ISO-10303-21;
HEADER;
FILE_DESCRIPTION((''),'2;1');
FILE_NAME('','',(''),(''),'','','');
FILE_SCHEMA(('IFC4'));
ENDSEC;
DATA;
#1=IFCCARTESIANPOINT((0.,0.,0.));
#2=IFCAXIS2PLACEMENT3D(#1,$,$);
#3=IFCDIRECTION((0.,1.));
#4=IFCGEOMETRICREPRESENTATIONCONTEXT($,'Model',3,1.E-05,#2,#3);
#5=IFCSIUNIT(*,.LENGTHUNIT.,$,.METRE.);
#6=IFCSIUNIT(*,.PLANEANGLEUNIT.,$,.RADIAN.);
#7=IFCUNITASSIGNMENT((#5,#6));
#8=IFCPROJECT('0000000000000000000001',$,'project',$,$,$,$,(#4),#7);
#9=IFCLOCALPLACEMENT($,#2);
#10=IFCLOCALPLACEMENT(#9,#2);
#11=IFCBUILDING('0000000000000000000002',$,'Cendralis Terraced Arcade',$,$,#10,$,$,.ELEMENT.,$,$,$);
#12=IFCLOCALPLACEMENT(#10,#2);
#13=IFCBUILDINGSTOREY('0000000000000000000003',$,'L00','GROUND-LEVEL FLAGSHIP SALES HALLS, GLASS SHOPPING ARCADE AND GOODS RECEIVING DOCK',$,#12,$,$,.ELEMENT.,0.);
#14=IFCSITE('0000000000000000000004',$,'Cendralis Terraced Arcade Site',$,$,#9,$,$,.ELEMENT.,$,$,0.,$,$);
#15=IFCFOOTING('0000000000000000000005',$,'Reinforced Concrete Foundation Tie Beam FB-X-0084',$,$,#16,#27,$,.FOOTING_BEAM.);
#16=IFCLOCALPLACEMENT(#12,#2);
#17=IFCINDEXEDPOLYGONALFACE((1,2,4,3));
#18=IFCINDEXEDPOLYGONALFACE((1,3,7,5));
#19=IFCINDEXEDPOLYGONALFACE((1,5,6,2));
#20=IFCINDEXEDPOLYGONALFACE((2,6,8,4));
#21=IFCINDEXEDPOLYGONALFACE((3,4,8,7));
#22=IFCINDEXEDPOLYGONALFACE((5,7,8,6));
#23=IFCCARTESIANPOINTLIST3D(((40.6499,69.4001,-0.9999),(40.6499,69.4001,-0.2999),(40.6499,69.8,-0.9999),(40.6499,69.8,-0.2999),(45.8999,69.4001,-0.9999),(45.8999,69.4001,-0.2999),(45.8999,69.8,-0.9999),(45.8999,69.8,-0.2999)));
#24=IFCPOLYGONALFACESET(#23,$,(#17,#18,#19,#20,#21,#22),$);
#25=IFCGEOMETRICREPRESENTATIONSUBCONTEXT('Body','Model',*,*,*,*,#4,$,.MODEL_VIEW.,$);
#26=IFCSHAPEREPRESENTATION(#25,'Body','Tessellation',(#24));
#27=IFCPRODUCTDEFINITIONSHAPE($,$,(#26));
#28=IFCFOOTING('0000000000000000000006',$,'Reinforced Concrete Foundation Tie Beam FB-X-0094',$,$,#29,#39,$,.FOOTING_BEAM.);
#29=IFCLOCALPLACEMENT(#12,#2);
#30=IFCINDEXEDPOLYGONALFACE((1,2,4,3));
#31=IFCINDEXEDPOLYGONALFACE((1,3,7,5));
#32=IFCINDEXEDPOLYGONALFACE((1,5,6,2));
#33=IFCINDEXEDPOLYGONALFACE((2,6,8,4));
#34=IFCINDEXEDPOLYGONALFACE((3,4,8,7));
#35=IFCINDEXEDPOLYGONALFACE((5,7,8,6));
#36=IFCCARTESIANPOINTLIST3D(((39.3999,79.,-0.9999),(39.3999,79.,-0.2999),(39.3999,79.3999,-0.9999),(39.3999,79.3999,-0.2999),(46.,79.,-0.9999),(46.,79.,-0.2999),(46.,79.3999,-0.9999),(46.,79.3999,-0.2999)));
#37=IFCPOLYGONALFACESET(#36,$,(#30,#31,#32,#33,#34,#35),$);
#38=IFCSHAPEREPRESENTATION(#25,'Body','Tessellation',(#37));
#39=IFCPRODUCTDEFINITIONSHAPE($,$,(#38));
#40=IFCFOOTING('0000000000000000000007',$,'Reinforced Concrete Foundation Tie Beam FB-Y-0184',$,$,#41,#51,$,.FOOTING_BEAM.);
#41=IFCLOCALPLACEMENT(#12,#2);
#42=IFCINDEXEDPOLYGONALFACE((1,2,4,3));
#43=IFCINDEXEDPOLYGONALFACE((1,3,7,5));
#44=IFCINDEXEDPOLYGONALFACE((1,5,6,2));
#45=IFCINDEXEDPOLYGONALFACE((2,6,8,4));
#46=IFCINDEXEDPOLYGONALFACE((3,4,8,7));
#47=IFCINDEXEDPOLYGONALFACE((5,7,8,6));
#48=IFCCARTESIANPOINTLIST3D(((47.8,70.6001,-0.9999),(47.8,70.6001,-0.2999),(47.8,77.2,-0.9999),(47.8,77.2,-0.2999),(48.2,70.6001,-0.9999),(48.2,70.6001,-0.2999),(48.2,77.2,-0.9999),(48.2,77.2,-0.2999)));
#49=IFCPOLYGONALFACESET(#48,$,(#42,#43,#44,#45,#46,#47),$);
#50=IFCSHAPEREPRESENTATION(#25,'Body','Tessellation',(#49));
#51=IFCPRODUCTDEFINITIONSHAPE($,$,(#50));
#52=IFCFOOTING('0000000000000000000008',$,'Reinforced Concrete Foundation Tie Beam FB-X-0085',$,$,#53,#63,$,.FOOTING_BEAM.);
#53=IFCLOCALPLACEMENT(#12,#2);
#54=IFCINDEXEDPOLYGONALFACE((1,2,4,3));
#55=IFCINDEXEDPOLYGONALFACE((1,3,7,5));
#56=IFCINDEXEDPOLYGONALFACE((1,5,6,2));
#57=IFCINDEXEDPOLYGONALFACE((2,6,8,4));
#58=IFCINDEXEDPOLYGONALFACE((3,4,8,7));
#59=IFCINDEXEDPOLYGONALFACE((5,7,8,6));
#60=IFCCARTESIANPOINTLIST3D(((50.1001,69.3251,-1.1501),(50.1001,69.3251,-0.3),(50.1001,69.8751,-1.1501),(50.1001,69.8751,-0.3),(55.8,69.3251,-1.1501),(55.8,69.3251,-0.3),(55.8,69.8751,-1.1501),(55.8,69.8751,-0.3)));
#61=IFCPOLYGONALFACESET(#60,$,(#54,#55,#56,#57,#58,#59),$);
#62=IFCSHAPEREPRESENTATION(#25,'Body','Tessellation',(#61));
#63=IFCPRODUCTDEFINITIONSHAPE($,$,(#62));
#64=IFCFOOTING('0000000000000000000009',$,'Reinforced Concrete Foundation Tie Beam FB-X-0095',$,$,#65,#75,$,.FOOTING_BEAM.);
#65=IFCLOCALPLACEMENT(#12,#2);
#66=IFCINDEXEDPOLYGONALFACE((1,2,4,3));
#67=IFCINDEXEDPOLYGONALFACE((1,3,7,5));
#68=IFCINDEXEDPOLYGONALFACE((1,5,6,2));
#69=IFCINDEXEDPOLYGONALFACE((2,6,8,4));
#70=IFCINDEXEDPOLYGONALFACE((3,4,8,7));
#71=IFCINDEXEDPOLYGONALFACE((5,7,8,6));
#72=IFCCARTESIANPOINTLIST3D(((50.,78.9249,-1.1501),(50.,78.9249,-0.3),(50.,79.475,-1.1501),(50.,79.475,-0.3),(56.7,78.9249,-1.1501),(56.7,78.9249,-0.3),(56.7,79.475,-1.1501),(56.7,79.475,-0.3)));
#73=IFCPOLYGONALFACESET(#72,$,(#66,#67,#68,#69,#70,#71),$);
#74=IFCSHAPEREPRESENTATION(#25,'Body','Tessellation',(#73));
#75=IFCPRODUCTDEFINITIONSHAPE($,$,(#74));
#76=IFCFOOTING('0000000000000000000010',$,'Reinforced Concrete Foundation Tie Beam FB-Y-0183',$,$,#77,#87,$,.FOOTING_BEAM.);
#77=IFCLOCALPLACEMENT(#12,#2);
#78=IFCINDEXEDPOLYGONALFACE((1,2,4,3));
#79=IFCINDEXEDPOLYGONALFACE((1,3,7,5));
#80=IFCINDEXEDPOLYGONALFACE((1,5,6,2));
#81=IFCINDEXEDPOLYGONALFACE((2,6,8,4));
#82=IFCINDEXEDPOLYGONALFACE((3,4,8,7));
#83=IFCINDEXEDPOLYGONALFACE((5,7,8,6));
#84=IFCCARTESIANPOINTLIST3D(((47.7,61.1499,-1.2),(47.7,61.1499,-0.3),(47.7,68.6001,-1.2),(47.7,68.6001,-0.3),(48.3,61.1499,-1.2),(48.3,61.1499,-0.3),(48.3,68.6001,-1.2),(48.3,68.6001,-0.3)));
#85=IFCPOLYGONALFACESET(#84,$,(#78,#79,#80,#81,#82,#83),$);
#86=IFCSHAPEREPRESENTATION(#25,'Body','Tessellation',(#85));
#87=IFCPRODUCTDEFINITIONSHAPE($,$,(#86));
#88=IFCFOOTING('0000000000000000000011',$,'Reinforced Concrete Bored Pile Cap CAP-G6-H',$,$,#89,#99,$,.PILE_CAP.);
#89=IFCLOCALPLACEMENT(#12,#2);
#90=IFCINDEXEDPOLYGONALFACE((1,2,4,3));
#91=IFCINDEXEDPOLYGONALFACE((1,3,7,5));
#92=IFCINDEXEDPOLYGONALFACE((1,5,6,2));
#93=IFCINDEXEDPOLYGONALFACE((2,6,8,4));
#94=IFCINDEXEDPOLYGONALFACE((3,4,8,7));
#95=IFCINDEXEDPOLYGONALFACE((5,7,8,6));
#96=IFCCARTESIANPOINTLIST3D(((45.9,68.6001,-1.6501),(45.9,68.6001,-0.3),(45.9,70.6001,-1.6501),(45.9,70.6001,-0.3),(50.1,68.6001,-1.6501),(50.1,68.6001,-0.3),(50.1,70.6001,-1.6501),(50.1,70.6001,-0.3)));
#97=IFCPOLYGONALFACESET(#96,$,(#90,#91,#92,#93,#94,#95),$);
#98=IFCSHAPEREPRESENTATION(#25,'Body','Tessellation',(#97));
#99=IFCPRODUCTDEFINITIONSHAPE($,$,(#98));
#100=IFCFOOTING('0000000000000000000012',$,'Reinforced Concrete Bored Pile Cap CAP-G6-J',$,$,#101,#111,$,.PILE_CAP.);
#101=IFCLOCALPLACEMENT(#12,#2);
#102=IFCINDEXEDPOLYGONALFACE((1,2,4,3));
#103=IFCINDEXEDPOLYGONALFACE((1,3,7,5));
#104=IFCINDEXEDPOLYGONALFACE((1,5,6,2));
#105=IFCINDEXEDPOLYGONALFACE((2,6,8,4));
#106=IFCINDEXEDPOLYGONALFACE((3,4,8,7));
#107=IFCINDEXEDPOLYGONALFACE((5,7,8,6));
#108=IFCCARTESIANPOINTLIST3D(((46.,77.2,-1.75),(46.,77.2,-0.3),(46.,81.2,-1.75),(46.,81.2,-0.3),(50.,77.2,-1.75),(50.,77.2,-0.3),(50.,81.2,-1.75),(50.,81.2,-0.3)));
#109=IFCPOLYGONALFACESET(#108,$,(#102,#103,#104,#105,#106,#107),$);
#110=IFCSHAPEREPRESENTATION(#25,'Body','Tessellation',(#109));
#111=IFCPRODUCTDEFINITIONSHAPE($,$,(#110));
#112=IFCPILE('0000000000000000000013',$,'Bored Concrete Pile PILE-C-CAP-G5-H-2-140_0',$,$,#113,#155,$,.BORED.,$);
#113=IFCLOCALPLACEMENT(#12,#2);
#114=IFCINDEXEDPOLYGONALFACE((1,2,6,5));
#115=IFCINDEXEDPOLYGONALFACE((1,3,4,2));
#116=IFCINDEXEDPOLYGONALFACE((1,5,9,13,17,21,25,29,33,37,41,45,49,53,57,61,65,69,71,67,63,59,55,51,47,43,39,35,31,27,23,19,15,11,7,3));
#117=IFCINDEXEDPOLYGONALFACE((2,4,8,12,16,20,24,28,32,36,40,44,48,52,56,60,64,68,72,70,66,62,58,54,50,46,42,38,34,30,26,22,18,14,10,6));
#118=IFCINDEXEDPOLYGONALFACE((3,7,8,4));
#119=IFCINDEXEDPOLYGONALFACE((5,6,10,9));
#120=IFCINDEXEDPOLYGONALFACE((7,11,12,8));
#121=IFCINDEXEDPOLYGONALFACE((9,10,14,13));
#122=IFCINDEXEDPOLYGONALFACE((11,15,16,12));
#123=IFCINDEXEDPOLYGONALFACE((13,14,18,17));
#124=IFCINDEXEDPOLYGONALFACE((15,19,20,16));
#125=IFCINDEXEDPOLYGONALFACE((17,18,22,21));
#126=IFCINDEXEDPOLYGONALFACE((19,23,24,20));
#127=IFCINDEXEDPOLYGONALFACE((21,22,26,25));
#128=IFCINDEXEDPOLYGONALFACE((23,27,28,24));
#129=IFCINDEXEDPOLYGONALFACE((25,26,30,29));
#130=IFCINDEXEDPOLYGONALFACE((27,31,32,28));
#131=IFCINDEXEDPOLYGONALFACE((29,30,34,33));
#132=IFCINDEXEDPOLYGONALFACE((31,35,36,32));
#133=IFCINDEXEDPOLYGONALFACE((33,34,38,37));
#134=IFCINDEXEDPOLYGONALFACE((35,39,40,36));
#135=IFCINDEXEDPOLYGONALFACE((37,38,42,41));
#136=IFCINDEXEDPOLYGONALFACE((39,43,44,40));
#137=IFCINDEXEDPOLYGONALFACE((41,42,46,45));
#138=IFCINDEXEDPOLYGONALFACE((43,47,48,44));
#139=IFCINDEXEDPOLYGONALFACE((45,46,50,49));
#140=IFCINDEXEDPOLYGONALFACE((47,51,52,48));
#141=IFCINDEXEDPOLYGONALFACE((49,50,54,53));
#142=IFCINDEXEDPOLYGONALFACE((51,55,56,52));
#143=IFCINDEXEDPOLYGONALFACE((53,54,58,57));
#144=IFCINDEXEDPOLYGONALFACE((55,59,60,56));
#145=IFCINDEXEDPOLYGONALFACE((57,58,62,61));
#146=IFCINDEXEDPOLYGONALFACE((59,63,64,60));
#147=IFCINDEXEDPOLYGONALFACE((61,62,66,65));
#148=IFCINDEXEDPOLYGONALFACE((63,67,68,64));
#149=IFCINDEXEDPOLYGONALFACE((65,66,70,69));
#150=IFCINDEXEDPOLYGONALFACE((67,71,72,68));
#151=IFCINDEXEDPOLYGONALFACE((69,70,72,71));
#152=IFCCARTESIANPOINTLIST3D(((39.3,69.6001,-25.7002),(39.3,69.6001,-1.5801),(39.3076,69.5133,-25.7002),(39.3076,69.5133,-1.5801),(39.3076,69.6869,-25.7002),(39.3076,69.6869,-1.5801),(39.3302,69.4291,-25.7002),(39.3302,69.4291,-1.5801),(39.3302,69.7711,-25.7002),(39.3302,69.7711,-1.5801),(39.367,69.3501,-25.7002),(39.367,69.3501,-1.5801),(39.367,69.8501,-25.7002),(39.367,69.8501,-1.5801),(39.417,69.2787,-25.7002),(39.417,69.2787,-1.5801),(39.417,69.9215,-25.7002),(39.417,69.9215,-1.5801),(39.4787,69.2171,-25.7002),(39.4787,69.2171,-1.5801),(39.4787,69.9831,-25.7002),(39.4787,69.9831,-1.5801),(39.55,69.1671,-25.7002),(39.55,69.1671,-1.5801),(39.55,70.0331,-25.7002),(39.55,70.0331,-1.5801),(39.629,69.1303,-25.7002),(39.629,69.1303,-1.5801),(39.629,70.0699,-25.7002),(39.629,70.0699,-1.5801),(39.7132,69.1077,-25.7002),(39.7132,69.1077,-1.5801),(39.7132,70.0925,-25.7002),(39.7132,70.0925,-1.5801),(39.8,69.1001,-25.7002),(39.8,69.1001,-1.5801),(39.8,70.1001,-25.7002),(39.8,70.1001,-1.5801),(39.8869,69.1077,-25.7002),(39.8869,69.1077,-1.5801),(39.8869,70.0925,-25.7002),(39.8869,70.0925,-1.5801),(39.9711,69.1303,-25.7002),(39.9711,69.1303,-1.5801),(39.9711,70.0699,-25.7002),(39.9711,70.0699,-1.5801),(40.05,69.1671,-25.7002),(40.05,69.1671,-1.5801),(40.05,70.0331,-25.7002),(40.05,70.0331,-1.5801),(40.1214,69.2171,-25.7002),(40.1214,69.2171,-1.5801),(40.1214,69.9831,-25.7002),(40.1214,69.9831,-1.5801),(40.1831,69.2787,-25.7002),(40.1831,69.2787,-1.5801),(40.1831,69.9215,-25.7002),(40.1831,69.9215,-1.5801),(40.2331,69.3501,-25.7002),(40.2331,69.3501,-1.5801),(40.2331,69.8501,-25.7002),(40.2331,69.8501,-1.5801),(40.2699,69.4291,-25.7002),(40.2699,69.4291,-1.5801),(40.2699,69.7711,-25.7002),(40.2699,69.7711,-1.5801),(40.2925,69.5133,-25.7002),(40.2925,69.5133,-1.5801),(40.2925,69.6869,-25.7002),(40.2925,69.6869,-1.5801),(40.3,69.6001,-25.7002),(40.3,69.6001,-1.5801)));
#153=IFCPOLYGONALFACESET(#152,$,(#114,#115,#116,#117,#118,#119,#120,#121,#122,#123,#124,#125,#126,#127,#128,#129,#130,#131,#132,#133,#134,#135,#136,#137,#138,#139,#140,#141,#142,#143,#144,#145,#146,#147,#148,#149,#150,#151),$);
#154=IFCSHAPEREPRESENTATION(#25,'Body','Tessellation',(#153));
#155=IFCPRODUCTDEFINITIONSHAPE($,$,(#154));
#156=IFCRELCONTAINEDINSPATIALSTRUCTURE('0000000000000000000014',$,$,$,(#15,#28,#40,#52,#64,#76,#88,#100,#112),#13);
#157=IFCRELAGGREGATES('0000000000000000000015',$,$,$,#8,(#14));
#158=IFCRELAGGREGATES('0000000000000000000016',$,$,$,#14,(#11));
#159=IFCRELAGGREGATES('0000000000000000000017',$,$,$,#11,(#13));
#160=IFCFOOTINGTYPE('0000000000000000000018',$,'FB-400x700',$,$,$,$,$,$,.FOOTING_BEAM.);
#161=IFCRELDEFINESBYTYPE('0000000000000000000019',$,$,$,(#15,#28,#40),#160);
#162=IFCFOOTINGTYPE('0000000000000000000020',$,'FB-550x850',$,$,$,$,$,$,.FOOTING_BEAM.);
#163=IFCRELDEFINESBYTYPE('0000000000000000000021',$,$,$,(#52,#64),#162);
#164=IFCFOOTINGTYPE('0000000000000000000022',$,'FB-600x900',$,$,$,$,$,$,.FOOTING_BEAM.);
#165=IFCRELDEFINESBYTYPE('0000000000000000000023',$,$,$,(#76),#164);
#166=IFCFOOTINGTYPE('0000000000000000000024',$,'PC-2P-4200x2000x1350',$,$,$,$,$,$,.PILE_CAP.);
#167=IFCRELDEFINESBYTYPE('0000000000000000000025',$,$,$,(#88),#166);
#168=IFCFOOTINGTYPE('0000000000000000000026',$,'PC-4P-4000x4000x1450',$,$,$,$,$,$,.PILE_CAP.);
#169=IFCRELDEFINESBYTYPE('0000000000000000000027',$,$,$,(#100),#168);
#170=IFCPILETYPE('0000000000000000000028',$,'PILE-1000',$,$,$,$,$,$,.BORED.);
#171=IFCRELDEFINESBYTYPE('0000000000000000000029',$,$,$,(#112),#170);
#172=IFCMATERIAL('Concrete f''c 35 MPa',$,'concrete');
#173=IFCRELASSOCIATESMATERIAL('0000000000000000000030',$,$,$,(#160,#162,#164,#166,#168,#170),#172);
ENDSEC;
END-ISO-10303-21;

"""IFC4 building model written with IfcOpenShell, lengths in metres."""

from ifc_helpers import new_model, si_unit, direction, frame, origin, origin_2d, place, context, subcontext, project, spatial, rectangle, circle, extrude, material, material_profile, profile_set, type_object, element, save


model = new_model("IFC4")

# Units and contexts
model_context = context("Model", 3, precision=1e-05, world=origin(), true_north=direction((0.0, 1.0)))
body_context = subcontext(model_context, "Body", "Model", "MODEL_VIEW")
ifc_project = project(units=[si_unit("LENGTHUNIT", "METRE"), si_unit("PLANEANGLEUNIT", "RADIAN")], contexts=[model_context])

# Site, building, storey
site_placement = place(None, origin())
site = spatial("IfcSite", under=ifc_project, at=site_placement, Name="Cendralis Terraced Arcade Site", CompositionType="ELEMENT", RefElevation=0.0)
building_placement = place(site_placement, origin())
building = spatial("IfcBuilding", under=site, at=building_placement, Name="Cendralis Terraced Arcade", CompositionType="ELEMENT")
storey_placement = place(building_placement, origin())
storey = spatial("IfcBuildingStorey", under=building, at=storey_placement, Name="L00", Description="GROUND-LEVEL FLAGSHIP SALES HALLS, GLASS SHOPPING ARCADE AND GOODS RECEIVING DOCK", CompositionType="ELEMENT", Elevation=0.0)

# Footings
ifc_material_1 = material(Name="Concrete f'c 35 MPa", Category="concrete")
ifc_material_profile_1 = material_profile(ifc_material_1, rectangle(XDim=0.3999, YDim=0.7, at=origin_2d()), Name="FB-400x700", Category="LoadBearing")
ifc_profile_set_1 = profile_set([ifc_material_profile_1], Name="Concrete f'c 35 MPa")
footing_type_1 = type_object("IfcFootingType", Name="FB-400x700", PredefinedType="FOOTING_BEAM", material=ifc_profile_set_1)
footing_1_placement = place(storey_placement, frame((40.6499, 69.6001, -0.6499), z_axis=(1.0, 0.0, 0.0), x_axis=(0.0, 1.0, 0.0)))
element("IfcFooting", 1, at=footing_1_placement, inside=storey, type_object=footing_type_1, Name="Reinforced Concrete Foundation Tie Beam FB-X-0084", PredefinedType="FOOTING_BEAM", context=body_context, shape_type="SweptSolid", body=[
    extrude(rectangle(XDim=0.3999, YDim=0.7, at=origin_2d()), origin(), (0.0, 0.0, 1.0), 5.25),
])
footing_2_placement = place(storey_placement, frame((39.3999, 79.2, -0.6499), z_axis=(1.0, 0.0, 0.0), x_axis=(0.0, 1.0, 0.0)))
element("IfcFooting", 2, at=footing_2_placement, inside=storey, type_object=footing_type_1, Name="Reinforced Concrete Foundation Tie Beam FB-X-0094", PredefinedType="FOOTING_BEAM", context=body_context, shape_type="SweptSolid", body=[
    extrude(rectangle(XDim=0.3999, YDim=0.7, at=origin_2d()), origin(), (0.0, 0.0, 1.0), 6.6001),
])
footing_3_placement = place(storey_placement, frame((48.0, 70.6001, -0.6499), z_axis=(0.0, 1.0, 0.0), x_axis=(-1.0, 0.0, 0.0)))
element("IfcFooting", 3, at=footing_3_placement, inside=storey, type_object=footing_type_1, Name="Reinforced Concrete Foundation Tie Beam FB-Y-0184", PredefinedType="FOOTING_BEAM", context=body_context, shape_type="SweptSolid", body=[
    extrude(rectangle(XDim=0.3999, YDim=0.7, at=origin_2d()), origin(), (0.0, 0.0, 1.0), 6.5999),
])
ifc_material_profile_2 = material_profile(ifc_material_1, rectangle(XDim=0.55, YDim=0.8501, at=origin_2d()), Name="FB-550x850", Category="LoadBearing")
ifc_profile_set_2 = profile_set([ifc_material_profile_2], Name="Concrete f'c 35 MPa")
footing_type_2 = type_object("IfcFootingType", Name="FB-550x850", PredefinedType="FOOTING_BEAM", material=ifc_profile_set_2)
footing_4_placement = place(storey_placement, frame((50.1001, 69.6001, -0.7251), z_axis=(1.0, 0.0, 0.0), x_axis=(0.0, 1.0, 0.0)))
element("IfcFooting", 4, at=footing_4_placement, inside=storey, type_object=footing_type_2, Name="Reinforced Concrete Foundation Tie Beam FB-X-0085", PredefinedType="FOOTING_BEAM", context=body_context, shape_type="SweptSolid", body=[
    extrude(rectangle(XDim=0.55, YDim=0.8501, at=origin_2d()), origin(), (0.0, 0.0, 1.0), 5.7),
])
footing_5_placement = place(storey_placement, frame((50.0, 79.2, -0.7251), z_axis=(1.0, 0.0, 0.0), x_axis=(0.0, 1.0, 0.0)))
element("IfcFooting", 5, at=footing_5_placement, inside=storey, type_object=footing_type_2, Name="Reinforced Concrete Foundation Tie Beam FB-X-0095", PredefinedType="FOOTING_BEAM", context=body_context, shape_type="SweptSolid", body=[
    extrude(rectangle(XDim=0.55, YDim=0.8501, at=origin_2d()), origin(), (0.0, 0.0, 1.0), 6.7),
])
ifc_material_profile_3 = material_profile(ifc_material_1, rectangle(XDim=0.6001, YDim=0.8999, at=origin_2d()), Name="FB-600x900", Category="LoadBearing")
ifc_profile_set_3 = profile_set([ifc_material_profile_3], Name="Concrete f'c 35 MPa")
footing_type_3 = type_object("IfcFootingType", Name="FB-600x900", PredefinedType="FOOTING_BEAM", material=ifc_profile_set_3)
footing_6_placement = place(storey_placement, frame((48.0, 61.1499, -0.75), z_axis=(0.0, 1.0, 0.0), x_axis=(-1.0, 0.0, 0.0)))
element("IfcFooting", 6, at=footing_6_placement, inside=storey, type_object=footing_type_3, Name="Reinforced Concrete Foundation Tie Beam FB-Y-0183", PredefinedType="FOOTING_BEAM", context=body_context, shape_type="SweptSolid", body=[
    extrude(rectangle(XDim=0.6001, YDim=0.8999, at=origin_2d()), origin(), (0.0, 0.0, 1.0), 7.4502),
])
footing_type_4 = type_object("IfcFootingType", Name="PC-2P-4200x2000x1350", PredefinedType="PILE_CAP", material=ifc_material_1)
footing_7_placement = place(storey_placement, frame((48.0, 69.6001, -1.6501), z_axis=(0.0, 0.0, 1.0), x_axis=(1.0, 0.0, 0.0)))
element("IfcFooting", 7, at=footing_7_placement, inside=storey, type_object=footing_type_4, Name="Reinforced Concrete Bored Pile Cap CAP-G6-H", PredefinedType="PILE_CAP", context=body_context, shape_type="SweptSolid", body=[
    extrude(rectangle(XDim=4.2, YDim=2.0, at=origin_2d()), origin(), (0.0, 0.0, 1.0), 1.3501),
])
footing_type_5 = type_object("IfcFootingType", Name="PC-4P-4000x4000x1450", PredefinedType="PILE_CAP", material=ifc_material_1)
footing_8_placement = place(storey_placement, frame((48.0, 79.2, -1.75), z_axis=(0.0, 0.0, 1.0), x_axis=(1.0, 0.0, 0.0)))
element("IfcFooting", 8, at=footing_8_placement, inside=storey, type_object=footing_type_5, Name="Reinforced Concrete Bored Pile Cap CAP-G6-J", PredefinedType="PILE_CAP", context=body_context, shape_type="SweptSolid", body=[
    extrude(rectangle(XDim=4.0, YDim=4.0, at=origin_2d()), origin(), (0.0, 0.0, 1.0), 1.45),
])

# Pile
ifc_material_profile_4 = material_profile(ifc_material_1, circle(Radius=0.5, at=origin_2d()), Name="PILE-D1000", Category="LoadBearing")
ifc_profile_set_4 = profile_set([ifc_material_profile_4], Name="Concrete f'c 35 MPa")
pile_type_1 = type_object("IfcPileType", Name="PILE-1000", PredefinedType="BORED", material=ifc_profile_set_4)
pile_1_placement = place(storey_placement, frame((39.8, 69.6001, -1.5801), z_axis=(0.0, 0.0, -1.0), x_axis=(1.0, 0.0, 0.0)))
element("IfcPile", 9, at=pile_1_placement, inside=storey, type_object=pile_type_1, Name="Bored Concrete Pile PILE-C-CAP-G5-H-2-140_0", PredefinedType="BORED", context=body_context, shape_type="SweptSolid", body=[
    extrude(circle(Radius=0.5, at=origin_2d()), origin(), (0.0, 0.0, 1.0), 24.1201),
])

save(model, "model.ifc")
